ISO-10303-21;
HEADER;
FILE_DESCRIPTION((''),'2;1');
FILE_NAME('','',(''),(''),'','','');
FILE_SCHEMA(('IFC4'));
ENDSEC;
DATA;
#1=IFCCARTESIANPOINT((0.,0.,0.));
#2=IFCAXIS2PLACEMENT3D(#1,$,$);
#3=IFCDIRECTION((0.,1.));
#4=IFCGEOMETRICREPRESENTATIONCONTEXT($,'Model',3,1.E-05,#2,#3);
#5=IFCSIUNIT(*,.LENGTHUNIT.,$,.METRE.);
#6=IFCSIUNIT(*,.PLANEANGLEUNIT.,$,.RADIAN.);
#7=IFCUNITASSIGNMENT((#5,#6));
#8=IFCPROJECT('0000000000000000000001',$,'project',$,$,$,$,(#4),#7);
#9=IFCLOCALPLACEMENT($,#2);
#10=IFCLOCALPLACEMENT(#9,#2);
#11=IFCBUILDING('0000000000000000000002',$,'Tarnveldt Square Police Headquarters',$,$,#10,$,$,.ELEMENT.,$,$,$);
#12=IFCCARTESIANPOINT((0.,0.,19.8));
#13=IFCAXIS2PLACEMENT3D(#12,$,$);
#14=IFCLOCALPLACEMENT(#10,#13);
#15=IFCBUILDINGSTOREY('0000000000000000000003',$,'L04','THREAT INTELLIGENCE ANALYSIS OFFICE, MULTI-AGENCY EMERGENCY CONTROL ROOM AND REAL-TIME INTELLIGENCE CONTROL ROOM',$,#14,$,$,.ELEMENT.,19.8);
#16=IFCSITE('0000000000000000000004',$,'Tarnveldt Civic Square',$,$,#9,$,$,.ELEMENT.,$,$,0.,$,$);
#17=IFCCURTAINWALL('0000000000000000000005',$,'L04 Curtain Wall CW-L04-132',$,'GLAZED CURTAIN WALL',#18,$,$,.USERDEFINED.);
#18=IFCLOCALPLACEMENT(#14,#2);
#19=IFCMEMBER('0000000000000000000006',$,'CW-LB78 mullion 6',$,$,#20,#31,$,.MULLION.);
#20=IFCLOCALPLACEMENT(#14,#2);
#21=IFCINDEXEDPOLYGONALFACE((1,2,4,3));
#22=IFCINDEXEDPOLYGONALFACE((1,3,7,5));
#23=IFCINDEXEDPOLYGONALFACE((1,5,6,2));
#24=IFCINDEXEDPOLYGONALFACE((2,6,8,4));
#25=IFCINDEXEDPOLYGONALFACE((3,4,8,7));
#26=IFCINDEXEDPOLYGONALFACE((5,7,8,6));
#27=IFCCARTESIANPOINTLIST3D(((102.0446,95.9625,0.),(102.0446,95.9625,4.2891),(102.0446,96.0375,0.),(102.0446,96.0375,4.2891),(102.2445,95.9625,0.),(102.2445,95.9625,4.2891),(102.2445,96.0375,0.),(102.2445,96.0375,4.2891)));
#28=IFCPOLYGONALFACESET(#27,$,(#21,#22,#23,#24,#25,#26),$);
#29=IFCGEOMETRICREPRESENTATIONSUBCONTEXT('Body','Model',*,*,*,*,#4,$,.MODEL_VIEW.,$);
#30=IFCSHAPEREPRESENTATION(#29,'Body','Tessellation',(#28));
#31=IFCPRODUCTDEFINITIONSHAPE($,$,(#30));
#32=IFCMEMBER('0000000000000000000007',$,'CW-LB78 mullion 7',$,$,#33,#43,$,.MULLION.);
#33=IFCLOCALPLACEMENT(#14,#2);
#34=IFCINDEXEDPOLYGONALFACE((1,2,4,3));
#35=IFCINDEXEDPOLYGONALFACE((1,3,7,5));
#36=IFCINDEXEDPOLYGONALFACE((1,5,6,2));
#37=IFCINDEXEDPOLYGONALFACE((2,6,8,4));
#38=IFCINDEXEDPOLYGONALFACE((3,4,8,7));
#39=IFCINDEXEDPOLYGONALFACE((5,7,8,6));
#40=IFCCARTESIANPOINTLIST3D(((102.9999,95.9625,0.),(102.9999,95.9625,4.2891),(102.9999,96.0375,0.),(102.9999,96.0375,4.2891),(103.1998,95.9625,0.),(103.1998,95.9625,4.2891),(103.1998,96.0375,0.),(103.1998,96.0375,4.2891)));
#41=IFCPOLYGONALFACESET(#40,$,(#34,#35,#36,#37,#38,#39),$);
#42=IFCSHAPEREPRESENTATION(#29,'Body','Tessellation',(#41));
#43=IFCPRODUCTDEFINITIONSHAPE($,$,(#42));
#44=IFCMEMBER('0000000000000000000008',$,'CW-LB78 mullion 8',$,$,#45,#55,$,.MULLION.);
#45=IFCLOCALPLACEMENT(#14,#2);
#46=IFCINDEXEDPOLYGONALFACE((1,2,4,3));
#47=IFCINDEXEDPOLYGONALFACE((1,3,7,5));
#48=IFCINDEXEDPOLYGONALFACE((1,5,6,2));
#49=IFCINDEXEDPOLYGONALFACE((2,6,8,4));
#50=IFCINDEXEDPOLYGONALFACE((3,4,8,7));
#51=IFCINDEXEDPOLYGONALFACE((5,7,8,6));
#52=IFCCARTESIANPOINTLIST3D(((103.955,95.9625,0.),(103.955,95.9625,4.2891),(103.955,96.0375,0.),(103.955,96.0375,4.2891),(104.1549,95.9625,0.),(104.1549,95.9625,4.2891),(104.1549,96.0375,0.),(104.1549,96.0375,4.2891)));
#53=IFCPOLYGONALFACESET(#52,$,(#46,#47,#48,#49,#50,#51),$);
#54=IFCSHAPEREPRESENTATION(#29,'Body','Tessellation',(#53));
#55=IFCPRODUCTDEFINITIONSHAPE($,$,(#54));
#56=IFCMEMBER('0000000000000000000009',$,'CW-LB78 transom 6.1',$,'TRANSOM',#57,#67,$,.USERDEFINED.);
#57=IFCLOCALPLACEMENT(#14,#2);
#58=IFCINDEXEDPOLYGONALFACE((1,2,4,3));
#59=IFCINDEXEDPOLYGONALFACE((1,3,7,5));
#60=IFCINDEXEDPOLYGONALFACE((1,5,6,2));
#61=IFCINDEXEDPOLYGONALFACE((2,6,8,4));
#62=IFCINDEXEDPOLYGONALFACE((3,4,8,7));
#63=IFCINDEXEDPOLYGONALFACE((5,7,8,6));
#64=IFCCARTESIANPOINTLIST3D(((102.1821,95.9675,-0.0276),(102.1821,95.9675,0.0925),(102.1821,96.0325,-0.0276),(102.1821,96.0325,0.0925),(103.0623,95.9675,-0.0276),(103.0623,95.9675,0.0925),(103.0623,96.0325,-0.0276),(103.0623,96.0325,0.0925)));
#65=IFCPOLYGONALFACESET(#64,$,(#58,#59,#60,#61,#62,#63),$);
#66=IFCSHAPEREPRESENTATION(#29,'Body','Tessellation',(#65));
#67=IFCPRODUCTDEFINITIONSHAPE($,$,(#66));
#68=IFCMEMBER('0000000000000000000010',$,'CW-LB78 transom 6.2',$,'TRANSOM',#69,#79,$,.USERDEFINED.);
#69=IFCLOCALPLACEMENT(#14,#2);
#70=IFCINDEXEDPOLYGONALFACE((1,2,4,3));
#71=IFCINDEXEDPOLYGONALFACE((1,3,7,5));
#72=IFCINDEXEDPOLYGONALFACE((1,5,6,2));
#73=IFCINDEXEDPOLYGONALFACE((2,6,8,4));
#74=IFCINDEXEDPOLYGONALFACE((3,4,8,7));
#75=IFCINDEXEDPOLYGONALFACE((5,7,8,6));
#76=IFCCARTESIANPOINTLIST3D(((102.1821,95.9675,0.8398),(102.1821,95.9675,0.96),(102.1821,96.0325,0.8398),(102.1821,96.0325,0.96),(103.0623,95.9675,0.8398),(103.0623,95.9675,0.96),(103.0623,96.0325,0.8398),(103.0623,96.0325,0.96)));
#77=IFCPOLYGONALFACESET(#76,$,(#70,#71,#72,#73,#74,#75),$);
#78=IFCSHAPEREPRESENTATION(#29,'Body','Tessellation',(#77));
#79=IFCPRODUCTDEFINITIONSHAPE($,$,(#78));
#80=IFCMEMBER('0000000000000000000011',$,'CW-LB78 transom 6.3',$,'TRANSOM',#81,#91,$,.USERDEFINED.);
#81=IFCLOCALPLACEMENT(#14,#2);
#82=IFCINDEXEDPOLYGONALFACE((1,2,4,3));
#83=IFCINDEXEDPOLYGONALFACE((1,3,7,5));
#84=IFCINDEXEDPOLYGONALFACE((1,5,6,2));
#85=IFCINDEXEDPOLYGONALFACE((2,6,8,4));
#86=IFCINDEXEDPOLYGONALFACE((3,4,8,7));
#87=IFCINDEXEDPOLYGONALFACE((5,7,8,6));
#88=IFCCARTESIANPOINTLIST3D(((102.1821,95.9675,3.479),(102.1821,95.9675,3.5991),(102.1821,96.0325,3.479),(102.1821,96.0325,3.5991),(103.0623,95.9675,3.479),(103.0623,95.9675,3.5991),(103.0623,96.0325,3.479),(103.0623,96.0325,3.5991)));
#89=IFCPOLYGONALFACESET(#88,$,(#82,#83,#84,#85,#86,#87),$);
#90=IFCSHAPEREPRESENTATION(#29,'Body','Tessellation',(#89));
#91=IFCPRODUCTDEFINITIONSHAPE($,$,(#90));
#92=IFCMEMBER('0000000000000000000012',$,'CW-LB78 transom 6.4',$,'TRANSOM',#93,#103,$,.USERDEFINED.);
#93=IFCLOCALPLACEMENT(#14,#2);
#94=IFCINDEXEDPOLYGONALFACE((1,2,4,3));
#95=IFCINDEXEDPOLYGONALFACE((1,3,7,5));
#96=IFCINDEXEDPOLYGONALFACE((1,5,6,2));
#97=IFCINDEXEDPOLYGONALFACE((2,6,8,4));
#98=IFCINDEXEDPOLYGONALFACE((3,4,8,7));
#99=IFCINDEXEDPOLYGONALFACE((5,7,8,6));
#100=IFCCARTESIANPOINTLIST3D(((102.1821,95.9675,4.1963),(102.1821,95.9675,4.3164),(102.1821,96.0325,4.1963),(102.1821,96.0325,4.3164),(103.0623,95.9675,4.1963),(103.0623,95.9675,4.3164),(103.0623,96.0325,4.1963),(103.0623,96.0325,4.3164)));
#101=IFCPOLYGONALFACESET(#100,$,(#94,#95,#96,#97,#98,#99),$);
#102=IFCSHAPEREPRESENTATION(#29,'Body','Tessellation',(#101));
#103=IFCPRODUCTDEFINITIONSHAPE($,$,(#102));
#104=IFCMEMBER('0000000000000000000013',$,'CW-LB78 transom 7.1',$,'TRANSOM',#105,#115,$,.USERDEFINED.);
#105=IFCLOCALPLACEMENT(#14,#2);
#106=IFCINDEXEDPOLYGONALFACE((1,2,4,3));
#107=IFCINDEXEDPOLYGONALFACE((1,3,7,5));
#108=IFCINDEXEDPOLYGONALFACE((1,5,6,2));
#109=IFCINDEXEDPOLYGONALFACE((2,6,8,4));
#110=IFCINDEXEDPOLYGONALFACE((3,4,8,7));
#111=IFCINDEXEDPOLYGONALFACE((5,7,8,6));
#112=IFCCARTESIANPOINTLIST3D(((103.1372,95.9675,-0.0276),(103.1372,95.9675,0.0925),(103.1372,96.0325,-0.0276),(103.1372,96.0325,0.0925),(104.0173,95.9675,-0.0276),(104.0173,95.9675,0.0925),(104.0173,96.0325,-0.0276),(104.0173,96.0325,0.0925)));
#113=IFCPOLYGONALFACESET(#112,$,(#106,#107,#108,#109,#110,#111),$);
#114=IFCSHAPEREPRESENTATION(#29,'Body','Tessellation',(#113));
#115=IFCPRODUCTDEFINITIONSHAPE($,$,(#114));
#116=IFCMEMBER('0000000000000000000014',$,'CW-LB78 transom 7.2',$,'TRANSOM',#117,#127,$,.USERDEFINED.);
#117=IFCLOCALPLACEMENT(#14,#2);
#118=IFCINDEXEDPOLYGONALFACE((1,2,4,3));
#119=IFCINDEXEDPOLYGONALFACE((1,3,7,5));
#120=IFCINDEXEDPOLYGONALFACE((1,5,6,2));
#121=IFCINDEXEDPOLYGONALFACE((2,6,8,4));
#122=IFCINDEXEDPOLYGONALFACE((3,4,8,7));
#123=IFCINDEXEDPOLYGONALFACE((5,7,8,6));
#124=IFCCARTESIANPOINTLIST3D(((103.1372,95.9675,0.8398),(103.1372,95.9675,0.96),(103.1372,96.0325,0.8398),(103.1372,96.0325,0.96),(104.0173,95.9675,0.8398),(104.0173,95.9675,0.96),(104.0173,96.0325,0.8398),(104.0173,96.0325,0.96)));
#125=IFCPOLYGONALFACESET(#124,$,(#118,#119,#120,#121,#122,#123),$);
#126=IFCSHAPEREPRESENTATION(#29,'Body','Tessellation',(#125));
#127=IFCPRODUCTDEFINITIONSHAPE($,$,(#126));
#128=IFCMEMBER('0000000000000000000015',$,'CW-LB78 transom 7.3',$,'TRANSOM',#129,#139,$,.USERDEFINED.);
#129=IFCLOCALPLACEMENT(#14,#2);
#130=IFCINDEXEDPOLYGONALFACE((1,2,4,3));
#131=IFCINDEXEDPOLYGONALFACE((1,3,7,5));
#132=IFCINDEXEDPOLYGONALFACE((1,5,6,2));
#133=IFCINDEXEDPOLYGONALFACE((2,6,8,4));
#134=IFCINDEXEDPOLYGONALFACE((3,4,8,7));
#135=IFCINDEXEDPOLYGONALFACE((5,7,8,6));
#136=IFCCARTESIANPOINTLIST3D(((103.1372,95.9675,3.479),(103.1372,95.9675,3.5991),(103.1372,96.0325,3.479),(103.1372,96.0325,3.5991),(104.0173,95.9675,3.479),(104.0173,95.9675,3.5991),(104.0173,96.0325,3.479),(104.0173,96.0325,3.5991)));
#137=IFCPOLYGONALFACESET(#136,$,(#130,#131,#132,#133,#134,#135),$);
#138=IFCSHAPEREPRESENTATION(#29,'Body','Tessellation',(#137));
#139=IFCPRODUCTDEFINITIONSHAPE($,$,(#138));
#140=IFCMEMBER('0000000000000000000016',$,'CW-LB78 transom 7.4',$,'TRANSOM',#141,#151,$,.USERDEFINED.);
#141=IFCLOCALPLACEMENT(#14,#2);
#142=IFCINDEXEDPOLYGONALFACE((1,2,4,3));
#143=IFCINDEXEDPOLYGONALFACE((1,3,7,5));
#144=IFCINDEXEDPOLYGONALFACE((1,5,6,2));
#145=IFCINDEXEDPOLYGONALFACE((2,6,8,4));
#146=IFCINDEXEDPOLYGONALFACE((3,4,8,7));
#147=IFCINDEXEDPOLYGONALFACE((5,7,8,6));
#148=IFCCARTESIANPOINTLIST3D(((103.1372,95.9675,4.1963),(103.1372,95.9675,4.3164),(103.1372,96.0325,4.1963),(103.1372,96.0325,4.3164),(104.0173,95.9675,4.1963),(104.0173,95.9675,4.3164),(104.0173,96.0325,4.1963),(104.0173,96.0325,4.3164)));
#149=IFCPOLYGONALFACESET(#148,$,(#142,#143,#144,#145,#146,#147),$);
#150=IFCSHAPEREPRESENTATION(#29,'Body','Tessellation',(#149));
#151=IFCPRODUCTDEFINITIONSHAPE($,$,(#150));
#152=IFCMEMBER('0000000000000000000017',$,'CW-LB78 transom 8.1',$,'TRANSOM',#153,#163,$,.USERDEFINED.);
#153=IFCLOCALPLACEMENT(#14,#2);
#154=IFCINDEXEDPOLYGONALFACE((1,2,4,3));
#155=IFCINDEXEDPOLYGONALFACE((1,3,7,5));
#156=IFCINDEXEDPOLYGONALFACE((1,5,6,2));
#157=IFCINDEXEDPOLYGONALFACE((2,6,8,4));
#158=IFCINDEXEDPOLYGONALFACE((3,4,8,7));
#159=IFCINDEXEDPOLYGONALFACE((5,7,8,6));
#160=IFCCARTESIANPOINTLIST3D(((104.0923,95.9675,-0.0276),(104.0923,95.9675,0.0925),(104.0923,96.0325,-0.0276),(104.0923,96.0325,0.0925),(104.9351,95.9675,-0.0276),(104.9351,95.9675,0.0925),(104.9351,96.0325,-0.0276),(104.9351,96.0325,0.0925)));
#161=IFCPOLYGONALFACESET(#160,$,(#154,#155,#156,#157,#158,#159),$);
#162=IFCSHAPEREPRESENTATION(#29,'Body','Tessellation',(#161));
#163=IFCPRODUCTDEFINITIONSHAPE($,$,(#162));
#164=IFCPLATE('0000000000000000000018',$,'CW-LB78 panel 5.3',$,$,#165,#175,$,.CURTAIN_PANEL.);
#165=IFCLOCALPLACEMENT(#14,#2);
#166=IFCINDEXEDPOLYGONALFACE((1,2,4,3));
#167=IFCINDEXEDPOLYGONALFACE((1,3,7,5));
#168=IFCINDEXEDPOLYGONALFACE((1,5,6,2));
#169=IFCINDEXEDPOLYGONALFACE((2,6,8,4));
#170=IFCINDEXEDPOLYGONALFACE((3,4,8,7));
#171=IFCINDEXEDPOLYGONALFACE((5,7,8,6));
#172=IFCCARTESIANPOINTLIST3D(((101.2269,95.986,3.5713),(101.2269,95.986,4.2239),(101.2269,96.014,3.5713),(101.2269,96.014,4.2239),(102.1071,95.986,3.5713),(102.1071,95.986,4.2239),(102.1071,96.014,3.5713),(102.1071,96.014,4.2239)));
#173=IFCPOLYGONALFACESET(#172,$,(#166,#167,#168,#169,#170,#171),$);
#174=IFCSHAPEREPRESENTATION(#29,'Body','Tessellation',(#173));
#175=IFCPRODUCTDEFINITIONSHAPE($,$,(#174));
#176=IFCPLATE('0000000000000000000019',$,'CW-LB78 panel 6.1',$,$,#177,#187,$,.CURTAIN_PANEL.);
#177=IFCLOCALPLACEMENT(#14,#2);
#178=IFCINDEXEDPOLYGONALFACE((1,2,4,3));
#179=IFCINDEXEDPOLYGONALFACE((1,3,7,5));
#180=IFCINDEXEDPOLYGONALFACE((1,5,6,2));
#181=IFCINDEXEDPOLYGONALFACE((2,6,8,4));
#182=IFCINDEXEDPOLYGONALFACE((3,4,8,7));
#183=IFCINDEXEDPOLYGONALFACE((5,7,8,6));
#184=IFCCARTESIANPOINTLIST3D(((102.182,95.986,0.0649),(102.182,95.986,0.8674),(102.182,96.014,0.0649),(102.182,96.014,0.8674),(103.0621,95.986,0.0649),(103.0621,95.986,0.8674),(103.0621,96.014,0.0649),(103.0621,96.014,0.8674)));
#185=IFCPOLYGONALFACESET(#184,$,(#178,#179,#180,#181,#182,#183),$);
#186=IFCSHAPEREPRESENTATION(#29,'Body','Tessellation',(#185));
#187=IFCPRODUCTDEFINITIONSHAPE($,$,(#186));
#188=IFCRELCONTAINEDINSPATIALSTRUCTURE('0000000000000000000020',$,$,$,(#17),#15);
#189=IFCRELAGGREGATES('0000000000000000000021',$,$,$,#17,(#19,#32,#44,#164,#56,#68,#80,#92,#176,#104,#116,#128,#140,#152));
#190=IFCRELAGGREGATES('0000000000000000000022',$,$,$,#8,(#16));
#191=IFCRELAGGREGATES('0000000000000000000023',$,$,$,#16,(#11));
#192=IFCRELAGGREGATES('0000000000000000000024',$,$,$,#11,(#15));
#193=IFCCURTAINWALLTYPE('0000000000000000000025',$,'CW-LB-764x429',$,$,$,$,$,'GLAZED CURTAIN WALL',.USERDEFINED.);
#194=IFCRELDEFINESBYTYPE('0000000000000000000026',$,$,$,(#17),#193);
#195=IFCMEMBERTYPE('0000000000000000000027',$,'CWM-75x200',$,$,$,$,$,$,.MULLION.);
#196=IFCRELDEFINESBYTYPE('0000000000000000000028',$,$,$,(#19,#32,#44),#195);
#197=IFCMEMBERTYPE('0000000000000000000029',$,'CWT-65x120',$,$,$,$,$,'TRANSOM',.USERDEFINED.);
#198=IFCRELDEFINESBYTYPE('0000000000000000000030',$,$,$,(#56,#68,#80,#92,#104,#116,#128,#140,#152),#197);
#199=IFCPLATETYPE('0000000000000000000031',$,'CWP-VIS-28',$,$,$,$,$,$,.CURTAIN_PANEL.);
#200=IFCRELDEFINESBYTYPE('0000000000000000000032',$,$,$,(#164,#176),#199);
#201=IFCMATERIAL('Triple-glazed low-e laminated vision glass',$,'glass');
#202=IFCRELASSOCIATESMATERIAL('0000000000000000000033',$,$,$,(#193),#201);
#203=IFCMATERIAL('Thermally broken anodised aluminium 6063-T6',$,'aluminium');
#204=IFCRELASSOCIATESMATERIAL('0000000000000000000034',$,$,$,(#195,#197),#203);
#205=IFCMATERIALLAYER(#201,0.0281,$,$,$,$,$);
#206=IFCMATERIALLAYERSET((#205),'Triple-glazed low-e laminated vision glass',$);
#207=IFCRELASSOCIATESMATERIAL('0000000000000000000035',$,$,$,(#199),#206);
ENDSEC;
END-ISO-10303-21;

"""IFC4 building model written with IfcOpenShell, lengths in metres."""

from ifc_helpers import new_model, si_unit, direction, frame, origin, origin_2d, place, context, subcontext, project, spatial, rectangle, extrude, material, layer, layer_set, material_profile, profile_set, type_object, element, aggregate, save


model = new_model("IFC4")

# Units and contexts
model_context = context("Model", 3, precision=1e-05, world=origin(), true_north=direction((0.0, 1.0)))
body_context = subcontext(model_context, "Body", "Model", "MODEL_VIEW")
ifc_project = project(units=[si_unit("LENGTHUNIT", "METRE"), si_unit("PLANEANGLEUNIT", "RADIAN")], contexts=[model_context])

# Site, building, storey
site_placement = place(None, origin())
site = spatial("IfcSite", under=ifc_project, at=site_placement, Name="Tarnveldt Civic Square", CompositionType="ELEMENT", RefElevation=0.0)
building_placement = place(site_placement, origin())
building = spatial("IfcBuilding", under=site, at=building_placement, Name="Tarnveldt Square Police Headquarters", CompositionType="ELEMENT")
storey_placement = place(building_placement, frame((0.0, 0.0, 19.8)))
storey = spatial("IfcBuildingStorey", under=building, at=storey_placement, Name="L04", Description="THREAT INTELLIGENCE ANALYSIS OFFICE, MULTI-AGENCY EMERGENCY CONTROL ROOM AND REAL-TIME INTELLIGENCE CONTROL ROOM", CompositionType="ELEMENT", Elevation=19.8)

# Curtain wall, members, plates
ifc_material_1 = material(Name="Triple-glazed low-e laminated vision glass", Category="glass")
curtain_wall_type = type_object("IfcCurtainWallType", Name="CW-LB-764x429", ElementType="GLAZED CURTAIN WALL", PredefinedType="USERDEFINED", material=ifc_material_1)
curtain_wall_placement = place(storey_placement, origin())
curtain_wall = element("IfcCurtainWall", 1, at=curtain_wall_placement, inside=storey, type_object=curtain_wall_type, Name="L04 Curtain Wall CW-L04-132", ObjectType="GLAZED CURTAIN WALL", PredefinedType="USERDEFINED")
ifc_material_2 = material(Name="Thermally broken anodised aluminium 6063-T6", Category="aluminium")
ifc_material_profile_1 = material_profile(ifc_material_2, rectangle(XDim=0.075, YDim=0.2, at=origin_2d()), Name="CW-M75x200")
ifc_profile_set_1 = profile_set([ifc_material_profile_1], Name="Thermally broken anodised aluminium 6063-T6")
member_type_1 = type_object("IfcMemberType", Name="CWM-75x200", PredefinedType="MULLION", material=ifc_profile_set_1)
member_1_placement = place(storey_placement, frame((102.1445, 96.0, 0.0), z_axis=(0.0, 0.0, 1.0), x_axis=(0.0, 1.0, 0.0)))
member_1 = element("IfcMember", 2, at=member_1_placement, type_object=member_type_1, Name="CW-LB78 mullion 6", PredefinedType="MULLION", context=body_context, shape_type="SweptSolid", body=[
    extrude(rectangle(XDim=0.075, YDim=0.2, at=origin_2d()), origin(), (0.0, 0.0, 1.0), 4.2891),
])
member_2_placement = place(storey_placement, frame((103.0999, 96.0, 0.0), z_axis=(0.0, 0.0, 1.0), x_axis=(0.0, 1.0, 0.0)))
member_2 = element("IfcMember", 3, at=member_2_placement, type_object=member_type_1, Name="CW-LB78 mullion 7", PredefinedType="MULLION", context=body_context, shape_type="SweptSolid", body=[
    extrude(rectangle(XDim=0.075, YDim=0.2, at=origin_2d()), origin(), (0.0, 0.0, 1.0), 4.2891),
])
member_3_placement = place(storey_placement, frame((104.0549, 96.0, 0.0), z_axis=(0.0, 0.0, 1.0), x_axis=(0.0, 1.0, 0.0)))
member_3 = element("IfcMember", 4, at=member_3_placement, type_object=member_type_1, Name="CW-LB78 mullion 8", PredefinedType="MULLION", context=body_context, shape_type="SweptSolid", body=[
    extrude(rectangle(XDim=0.075, YDim=0.2, at=origin_2d()), origin(), (0.0, 0.0, 1.0), 4.2891),
])
ifc_material_profile_2 = material_profile(ifc_material_2, rectangle(XDim=0.0649, YDim=0.1201, at=origin_2d()), Name="CW-T65x120")
ifc_profile_set_2 = profile_set([ifc_material_profile_2], Name="Thermally broken anodised aluminium 6063-T6")
member_type_2 = type_object("IfcMemberType", Name="CWT-65x120", ElementType="TRANSOM", PredefinedType="USERDEFINED", material=ifc_profile_set_2)
member_4_placement = place(storey_placement, frame((102.1821, 96.0, 0.0325), z_axis=(1.0, 0.0, 0.0), x_axis=(0.0, 1.0, 0.0)))
member_4 = element("IfcMember", 5, at=member_4_placement, type_object=member_type_2, Name="CW-LB78 transom 6.1", ObjectType="TRANSOM", PredefinedType="USERDEFINED", context=body_context, shape_type="SweptSolid", body=[
    extrude(rectangle(XDim=0.0649, YDim=0.1201, at=origin_2d()), origin(), (0.0, 0.0, 1.0), 0.8801),
])
member_5_placement = place(storey_placement, frame((102.1821, 96.0, 0.8999), z_axis=(1.0, 0.0, 0.0), x_axis=(0.0, 1.0, 0.0)))
member_5 = element("IfcMember", 6, at=member_5_placement, type_object=member_type_2, Name="CW-LB78 transom 6.2", ObjectType="TRANSOM", PredefinedType="USERDEFINED", context=body_context, shape_type="SweptSolid", body=[
    extrude(rectangle(XDim=0.0649, YDim=0.1201, at=origin_2d()), origin(), (0.0, 0.0, 1.0), 0.8801),
])
member_6_placement = place(storey_placement, frame((102.1821, 96.0, 3.5391), z_axis=(1.0, 0.0, 0.0), x_axis=(0.0, 1.0, 0.0)))
member_6 = element("IfcMember", 7, at=member_6_placement, type_object=member_type_2, Name="CW-LB78 transom 6.3", ObjectType="TRANSOM", PredefinedType="USERDEFINED", context=body_context, shape_type="SweptSolid", body=[
    extrude(rectangle(XDim=0.0649, YDim=0.1201, at=origin_2d()), origin(), (0.0, 0.0, 1.0), 0.8801),
])
member_7_placement = place(storey_placement, frame((102.1821, 96.0, 4.2563), z_axis=(1.0, 0.0, 0.0), x_axis=(0.0, 1.0, 0.0)))
member_7 = element("IfcMember", 8, at=member_7_placement, type_object=member_type_2, Name="CW-LB78 transom 6.4", ObjectType="TRANSOM", PredefinedType="USERDEFINED", context=body_context, shape_type="SweptSolid", body=[
    extrude(rectangle(XDim=0.0649, YDim=0.1201, at=origin_2d()), origin(), (0.0, 0.0, 1.0), 0.8801),
])
member_8_placement = place(storey_placement, frame((103.1372, 96.0, 0.0325), z_axis=(1.0, 0.0, 0.0), x_axis=(0.0, 1.0, 0.0)))
member_8 = element("IfcMember", 9, at=member_8_placement, type_object=member_type_2, Name="CW-LB78 transom 7.1", ObjectType="TRANSOM", PredefinedType="USERDEFINED", context=body_context, shape_type="SweptSolid", body=[
    extrude(rectangle(XDim=0.0649, YDim=0.1201, at=origin_2d()), origin(), (0.0, 0.0, 1.0), 0.8801),
])
member_9_placement = place(storey_placement, frame((103.1372, 96.0, 0.8999), z_axis=(1.0, 0.0, 0.0), x_axis=(0.0, 1.0, 0.0)))
member_9 = element("IfcMember", 10, at=member_9_placement, type_object=member_type_2, Name="CW-LB78 transom 7.2", ObjectType="TRANSOM", PredefinedType="USERDEFINED", context=body_context, shape_type="SweptSolid", body=[
    extrude(rectangle(XDim=0.0649, YDim=0.1201, at=origin_2d()), origin(), (0.0, 0.0, 1.0), 0.8801),
])
member_10_placement = place(storey_placement, frame((103.1372, 96.0, 3.5391), z_axis=(1.0, 0.0, 0.0), x_axis=(0.0, 1.0, 0.0)))
member_10 = element("IfcMember", 11, at=member_10_placement, type_object=member_type_2, Name="CW-LB78 transom 7.3", ObjectType="TRANSOM", PredefinedType="USERDEFINED", context=body_context, shape_type="SweptSolid", body=[
    extrude(rectangle(XDim=0.0649, YDim=0.1201, at=origin_2d()), origin(), (0.0, 0.0, 1.0), 0.8801),
])
member_11_placement = place(storey_placement, frame((103.1372, 96.0, 4.2563), z_axis=(1.0, 0.0, 0.0), x_axis=(0.0, 1.0, 0.0)))
member_11 = element("IfcMember", 12, at=member_11_placement, type_object=member_type_2, Name="CW-LB78 transom 7.4", ObjectType="TRANSOM", PredefinedType="USERDEFINED", context=body_context, shape_type="SweptSolid", body=[
    extrude(rectangle(XDim=0.0649, YDim=0.1201, at=origin_2d()), origin(), (0.0, 0.0, 1.0), 0.8801),
])
member_12_placement = place(storey_placement, frame((104.0923, 96.0, 0.0325), z_axis=(1.0, 0.0, 0.0), x_axis=(0.0, 1.0, 0.0)))
member_12 = element("IfcMember", 13, at=member_12_placement, type_object=member_type_2, Name="CW-LB78 transom 8.1", ObjectType="TRANSOM", PredefinedType="USERDEFINED", context=body_context, shape_type="SweptSolid", body=[
    extrude(rectangle(XDim=0.0649, YDim=0.1201, at=origin_2d()), origin(), (0.0, 0.0, 1.0), 0.8428),
])
ifc_layer = layer(ifc_material_1, 0.0281)
ifc_layer_set = layer_set([ifc_layer], Name="Triple-glazed low-e laminated vision glass")
plate_type = type_object("IfcPlateType", Name="CWP-VIS-28", PredefinedType="CURTAIN_PANEL", material=ifc_layer_set)
plate_1_placement = place(storey_placement, frame((101.667, 96.0, 3.5713), z_axis=(0.0, 0.0, 1.0), x_axis=(1.0, 0.0, 0.0)))
plate_1 = element("IfcPlate", 14, at=plate_1_placement, type_object=plate_type, Name="CW-LB78 panel 5.3", PredefinedType="CURTAIN_PANEL", context=body_context, shape_type="SweptSolid", body=[
    extrude(rectangle(XDim=0.8801, YDim=0.0281, at=origin_2d()), origin(), (0.0, 0.0, 1.0), 0.6526),
])
plate_2_placement = place(storey_placement, frame((102.6221, 96.0, 0.0649), z_axis=(0.0, 0.0, 1.0), x_axis=(1.0, 0.0, 0.0)))
plate_2 = element("IfcPlate", 15, at=plate_2_placement, type_object=plate_type, Name="CW-LB78 panel 6.1", PredefinedType="CURTAIN_PANEL", context=body_context, shape_type="SweptSolid", body=[
    extrude(rectangle(XDim=0.8801, YDim=0.0281, at=origin_2d()), origin(), (0.0, 0.0, 1.0), 0.8025),
])
aggregate(curtain_wall, [member_1, member_2, member_3, plate_1, member_4, member_5, member_6, member_7, plate_2, member_8, member_9, member_10, member_11, member_12])

save(model, "model.ifc")
